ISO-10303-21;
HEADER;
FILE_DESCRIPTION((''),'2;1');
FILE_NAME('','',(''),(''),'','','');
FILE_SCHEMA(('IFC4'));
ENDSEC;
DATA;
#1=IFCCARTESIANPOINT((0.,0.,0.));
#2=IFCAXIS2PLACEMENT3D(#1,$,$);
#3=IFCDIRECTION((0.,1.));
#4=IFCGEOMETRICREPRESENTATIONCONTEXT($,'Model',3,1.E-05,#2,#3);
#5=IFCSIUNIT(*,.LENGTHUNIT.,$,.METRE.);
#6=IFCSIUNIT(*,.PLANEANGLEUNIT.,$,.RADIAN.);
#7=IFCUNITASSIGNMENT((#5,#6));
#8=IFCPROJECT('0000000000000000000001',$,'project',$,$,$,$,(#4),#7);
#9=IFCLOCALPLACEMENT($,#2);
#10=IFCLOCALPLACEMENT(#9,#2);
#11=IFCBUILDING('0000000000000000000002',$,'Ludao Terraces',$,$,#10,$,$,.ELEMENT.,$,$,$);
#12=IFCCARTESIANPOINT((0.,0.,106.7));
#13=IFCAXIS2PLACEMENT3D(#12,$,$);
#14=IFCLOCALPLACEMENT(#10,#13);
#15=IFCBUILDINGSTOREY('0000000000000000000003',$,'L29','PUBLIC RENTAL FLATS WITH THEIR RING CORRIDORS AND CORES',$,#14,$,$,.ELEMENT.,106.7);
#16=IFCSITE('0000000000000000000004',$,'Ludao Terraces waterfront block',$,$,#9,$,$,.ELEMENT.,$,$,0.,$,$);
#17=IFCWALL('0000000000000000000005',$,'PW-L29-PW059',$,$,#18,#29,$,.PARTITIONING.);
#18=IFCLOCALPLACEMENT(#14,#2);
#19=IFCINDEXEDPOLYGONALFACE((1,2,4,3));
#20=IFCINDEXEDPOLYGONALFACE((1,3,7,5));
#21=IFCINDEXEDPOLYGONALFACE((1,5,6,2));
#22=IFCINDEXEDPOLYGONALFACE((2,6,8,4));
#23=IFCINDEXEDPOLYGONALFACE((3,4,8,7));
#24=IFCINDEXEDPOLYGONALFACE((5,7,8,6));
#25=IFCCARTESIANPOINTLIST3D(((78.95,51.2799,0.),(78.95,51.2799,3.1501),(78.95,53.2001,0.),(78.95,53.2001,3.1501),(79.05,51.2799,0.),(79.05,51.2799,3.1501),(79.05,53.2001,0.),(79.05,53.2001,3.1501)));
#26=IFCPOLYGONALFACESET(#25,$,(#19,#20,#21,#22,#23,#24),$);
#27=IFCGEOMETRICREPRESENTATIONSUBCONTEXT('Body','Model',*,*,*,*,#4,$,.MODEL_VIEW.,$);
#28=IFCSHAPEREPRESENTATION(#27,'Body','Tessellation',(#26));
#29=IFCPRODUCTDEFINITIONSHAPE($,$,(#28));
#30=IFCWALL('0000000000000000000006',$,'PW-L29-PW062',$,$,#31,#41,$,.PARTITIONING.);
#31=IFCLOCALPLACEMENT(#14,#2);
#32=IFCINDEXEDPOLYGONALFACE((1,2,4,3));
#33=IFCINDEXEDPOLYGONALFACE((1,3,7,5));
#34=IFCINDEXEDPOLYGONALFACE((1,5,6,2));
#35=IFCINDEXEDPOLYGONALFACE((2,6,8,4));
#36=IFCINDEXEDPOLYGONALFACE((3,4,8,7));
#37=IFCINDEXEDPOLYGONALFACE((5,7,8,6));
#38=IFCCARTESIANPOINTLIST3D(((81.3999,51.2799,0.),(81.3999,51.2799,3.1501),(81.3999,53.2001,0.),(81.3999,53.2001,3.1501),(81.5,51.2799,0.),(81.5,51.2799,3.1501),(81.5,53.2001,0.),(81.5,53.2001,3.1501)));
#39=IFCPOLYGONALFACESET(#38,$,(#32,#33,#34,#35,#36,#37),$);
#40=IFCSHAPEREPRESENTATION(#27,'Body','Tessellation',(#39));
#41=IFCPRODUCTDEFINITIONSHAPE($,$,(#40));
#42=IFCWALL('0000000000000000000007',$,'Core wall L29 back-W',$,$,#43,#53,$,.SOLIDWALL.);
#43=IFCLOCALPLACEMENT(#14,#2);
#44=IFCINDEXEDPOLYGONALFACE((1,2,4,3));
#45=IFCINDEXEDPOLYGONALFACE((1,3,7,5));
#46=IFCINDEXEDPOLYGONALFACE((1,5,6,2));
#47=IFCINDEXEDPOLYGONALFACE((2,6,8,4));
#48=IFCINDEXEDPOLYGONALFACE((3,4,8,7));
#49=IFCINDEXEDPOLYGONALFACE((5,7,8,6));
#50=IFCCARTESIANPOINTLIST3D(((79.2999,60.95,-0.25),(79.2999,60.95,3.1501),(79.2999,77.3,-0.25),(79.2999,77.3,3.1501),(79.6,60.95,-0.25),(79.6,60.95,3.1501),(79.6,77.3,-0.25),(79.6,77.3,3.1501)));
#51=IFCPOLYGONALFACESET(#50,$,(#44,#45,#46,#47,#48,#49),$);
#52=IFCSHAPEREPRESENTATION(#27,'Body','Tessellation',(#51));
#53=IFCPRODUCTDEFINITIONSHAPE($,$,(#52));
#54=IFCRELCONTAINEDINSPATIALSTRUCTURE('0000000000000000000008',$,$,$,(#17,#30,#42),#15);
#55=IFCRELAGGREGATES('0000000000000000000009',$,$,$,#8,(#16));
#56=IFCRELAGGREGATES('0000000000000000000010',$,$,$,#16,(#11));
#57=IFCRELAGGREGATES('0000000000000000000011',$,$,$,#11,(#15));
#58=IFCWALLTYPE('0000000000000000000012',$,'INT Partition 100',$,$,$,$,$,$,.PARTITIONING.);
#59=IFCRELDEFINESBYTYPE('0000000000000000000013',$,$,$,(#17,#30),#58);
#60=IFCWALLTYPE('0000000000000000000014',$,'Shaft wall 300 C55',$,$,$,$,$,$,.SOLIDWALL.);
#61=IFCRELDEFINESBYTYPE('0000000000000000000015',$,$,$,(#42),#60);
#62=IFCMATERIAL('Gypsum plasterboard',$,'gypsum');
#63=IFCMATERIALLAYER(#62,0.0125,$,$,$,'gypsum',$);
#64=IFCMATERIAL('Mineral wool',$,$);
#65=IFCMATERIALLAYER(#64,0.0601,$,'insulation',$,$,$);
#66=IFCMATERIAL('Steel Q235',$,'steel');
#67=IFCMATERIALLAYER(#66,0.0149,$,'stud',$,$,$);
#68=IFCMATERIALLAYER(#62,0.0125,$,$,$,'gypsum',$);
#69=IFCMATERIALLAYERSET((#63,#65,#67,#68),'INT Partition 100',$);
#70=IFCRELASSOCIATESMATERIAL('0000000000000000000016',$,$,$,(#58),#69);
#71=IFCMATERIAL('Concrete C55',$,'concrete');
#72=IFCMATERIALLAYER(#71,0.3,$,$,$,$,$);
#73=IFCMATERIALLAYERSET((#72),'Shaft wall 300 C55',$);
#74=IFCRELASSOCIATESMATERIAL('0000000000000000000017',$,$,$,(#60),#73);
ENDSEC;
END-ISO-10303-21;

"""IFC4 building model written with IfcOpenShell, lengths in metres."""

from ifc_helpers import new_model, si_unit, direction, frame, frame_2d, origin, place, context, subcontext, project, spatial, rectangle, extrude, material, layer, layer_set, type_object, element, save


model = new_model("IFC4")

# Units and contexts
model_context = context("Model", 3, precision=1e-05, world=origin(), true_north=direction((0.0, 1.0)))
body_context = subcontext(model_context, "Body", "Model", "MODEL_VIEW")
ifc_project = project(units=[si_unit("LENGTHUNIT", "METRE"), si_unit("PLANEANGLEUNIT", "RADIAN")], contexts=[model_context])

# Site, building, storey
site_placement = place(None, origin())
site = spatial("IfcSite", under=ifc_project, at=site_placement, Name="Ludao Terraces waterfront block", CompositionType="ELEMENT", RefElevation=0.0)
building_placement = place(site_placement, origin())
building = spatial("IfcBuilding", under=site, at=building_placement, Name="Ludao Terraces", CompositionType="ELEMENT")
storey_placement = place(building_placement, frame((0.0, 0.0, 106.7)))
storey = spatial("IfcBuildingStorey", under=building, at=storey_placement, Name="L29", Description="PUBLIC RENTAL FLATS WITH THEIR RING CORRIDORS AND CORES", CompositionType="ELEMENT", Elevation=106.7)

# Shared definitions
ifc_material_1 = material(Name="Steel Q235", Category="steel")

# Shared definitions
ifc_material_2 = material(Name="Mineral wool")

# Shared definitions
ifc_material_3 = material(Name="Gypsum plasterboard", Category="gypsum")
ifc_layer_1 = layer(ifc_material_3, 0.0125, Category="gypsum")
ifc_layer_2 = layer(ifc_material_2, 0.0601, Name="insulation")
ifc_layer_3 = layer(ifc_material_1, 0.0149, Name="stud")
ifc_layer_4 = layer(ifc_material_3, 0.0125, Category="gypsum")
ifc_layer_set_1 = layer_set([ifc_layer_1, ifc_layer_2, ifc_layer_3, ifc_layer_4], Name="INT Partition 100")
wall_type_1 = type_object("IfcWallType", Name="INT Partition 100", PredefinedType="PARTITIONING", material=ifc_layer_set_1)

# Walls
for number, where, z_axis, x_axis, name in (
    (1, (79.0, 51.28, 0.0), (0.0, 0.0, 1.0), (0.0, 1.0, 0.0), "PW-L29-PW059"),
    (2, (81.45, 51.28, 0.0), (0.0, 0.0, 1.0), (0.0, 1.0, 0.0), "PW-L29-PW062"),
):
    element("IfcWall", number, at=place(storey_placement, frame(where, z_axis=z_axis, x_axis=x_axis)), inside=storey, type_object=wall_type_1, Name=name, PredefinedType="PARTITIONING", context=body_context, shape_type="SweptSolid", body=[
        extrude(rectangle(XDim=1.9202, YDim=0.1001, at=frame_2d((0.96, 0.0))), origin(), (0.0, 0.0, 1.0), 3.1501),
    ])
ifc_material_4 = material(Name="Concrete C55", Category="concrete")
ifc_layer_5 = layer(ifc_material_4, 0.3)
ifc_layer_set_2 = layer_set([ifc_layer_5], Name="Shaft wall 300 C55")
wall_type_2 = type_object("IfcWallType", Name="Shaft wall 300 C55", PredefinedType="SOLIDWALL", material=ifc_layer_set_2)
wall_1_placement = place(storey_placement, frame((79.45, 60.95, -0.25), z_axis=(0.0, 0.0, 1.0), x_axis=(0.0, 1.0, 0.0)))
element("IfcWall", 3, at=wall_1_placement, inside=storey, type_object=wall_type_2, Name="Core wall L29 back-W", PredefinedType="SOLIDWALL", context=body_context, shape_type="SweptSolid", body=[
    extrude(rectangle(XDim=16.3501, YDim=0.3, at=frame_2d((8.175, 0.0))), origin(), (0.0, 0.0, 1.0), 3.4001),
])

save(model, "model.ifc")
